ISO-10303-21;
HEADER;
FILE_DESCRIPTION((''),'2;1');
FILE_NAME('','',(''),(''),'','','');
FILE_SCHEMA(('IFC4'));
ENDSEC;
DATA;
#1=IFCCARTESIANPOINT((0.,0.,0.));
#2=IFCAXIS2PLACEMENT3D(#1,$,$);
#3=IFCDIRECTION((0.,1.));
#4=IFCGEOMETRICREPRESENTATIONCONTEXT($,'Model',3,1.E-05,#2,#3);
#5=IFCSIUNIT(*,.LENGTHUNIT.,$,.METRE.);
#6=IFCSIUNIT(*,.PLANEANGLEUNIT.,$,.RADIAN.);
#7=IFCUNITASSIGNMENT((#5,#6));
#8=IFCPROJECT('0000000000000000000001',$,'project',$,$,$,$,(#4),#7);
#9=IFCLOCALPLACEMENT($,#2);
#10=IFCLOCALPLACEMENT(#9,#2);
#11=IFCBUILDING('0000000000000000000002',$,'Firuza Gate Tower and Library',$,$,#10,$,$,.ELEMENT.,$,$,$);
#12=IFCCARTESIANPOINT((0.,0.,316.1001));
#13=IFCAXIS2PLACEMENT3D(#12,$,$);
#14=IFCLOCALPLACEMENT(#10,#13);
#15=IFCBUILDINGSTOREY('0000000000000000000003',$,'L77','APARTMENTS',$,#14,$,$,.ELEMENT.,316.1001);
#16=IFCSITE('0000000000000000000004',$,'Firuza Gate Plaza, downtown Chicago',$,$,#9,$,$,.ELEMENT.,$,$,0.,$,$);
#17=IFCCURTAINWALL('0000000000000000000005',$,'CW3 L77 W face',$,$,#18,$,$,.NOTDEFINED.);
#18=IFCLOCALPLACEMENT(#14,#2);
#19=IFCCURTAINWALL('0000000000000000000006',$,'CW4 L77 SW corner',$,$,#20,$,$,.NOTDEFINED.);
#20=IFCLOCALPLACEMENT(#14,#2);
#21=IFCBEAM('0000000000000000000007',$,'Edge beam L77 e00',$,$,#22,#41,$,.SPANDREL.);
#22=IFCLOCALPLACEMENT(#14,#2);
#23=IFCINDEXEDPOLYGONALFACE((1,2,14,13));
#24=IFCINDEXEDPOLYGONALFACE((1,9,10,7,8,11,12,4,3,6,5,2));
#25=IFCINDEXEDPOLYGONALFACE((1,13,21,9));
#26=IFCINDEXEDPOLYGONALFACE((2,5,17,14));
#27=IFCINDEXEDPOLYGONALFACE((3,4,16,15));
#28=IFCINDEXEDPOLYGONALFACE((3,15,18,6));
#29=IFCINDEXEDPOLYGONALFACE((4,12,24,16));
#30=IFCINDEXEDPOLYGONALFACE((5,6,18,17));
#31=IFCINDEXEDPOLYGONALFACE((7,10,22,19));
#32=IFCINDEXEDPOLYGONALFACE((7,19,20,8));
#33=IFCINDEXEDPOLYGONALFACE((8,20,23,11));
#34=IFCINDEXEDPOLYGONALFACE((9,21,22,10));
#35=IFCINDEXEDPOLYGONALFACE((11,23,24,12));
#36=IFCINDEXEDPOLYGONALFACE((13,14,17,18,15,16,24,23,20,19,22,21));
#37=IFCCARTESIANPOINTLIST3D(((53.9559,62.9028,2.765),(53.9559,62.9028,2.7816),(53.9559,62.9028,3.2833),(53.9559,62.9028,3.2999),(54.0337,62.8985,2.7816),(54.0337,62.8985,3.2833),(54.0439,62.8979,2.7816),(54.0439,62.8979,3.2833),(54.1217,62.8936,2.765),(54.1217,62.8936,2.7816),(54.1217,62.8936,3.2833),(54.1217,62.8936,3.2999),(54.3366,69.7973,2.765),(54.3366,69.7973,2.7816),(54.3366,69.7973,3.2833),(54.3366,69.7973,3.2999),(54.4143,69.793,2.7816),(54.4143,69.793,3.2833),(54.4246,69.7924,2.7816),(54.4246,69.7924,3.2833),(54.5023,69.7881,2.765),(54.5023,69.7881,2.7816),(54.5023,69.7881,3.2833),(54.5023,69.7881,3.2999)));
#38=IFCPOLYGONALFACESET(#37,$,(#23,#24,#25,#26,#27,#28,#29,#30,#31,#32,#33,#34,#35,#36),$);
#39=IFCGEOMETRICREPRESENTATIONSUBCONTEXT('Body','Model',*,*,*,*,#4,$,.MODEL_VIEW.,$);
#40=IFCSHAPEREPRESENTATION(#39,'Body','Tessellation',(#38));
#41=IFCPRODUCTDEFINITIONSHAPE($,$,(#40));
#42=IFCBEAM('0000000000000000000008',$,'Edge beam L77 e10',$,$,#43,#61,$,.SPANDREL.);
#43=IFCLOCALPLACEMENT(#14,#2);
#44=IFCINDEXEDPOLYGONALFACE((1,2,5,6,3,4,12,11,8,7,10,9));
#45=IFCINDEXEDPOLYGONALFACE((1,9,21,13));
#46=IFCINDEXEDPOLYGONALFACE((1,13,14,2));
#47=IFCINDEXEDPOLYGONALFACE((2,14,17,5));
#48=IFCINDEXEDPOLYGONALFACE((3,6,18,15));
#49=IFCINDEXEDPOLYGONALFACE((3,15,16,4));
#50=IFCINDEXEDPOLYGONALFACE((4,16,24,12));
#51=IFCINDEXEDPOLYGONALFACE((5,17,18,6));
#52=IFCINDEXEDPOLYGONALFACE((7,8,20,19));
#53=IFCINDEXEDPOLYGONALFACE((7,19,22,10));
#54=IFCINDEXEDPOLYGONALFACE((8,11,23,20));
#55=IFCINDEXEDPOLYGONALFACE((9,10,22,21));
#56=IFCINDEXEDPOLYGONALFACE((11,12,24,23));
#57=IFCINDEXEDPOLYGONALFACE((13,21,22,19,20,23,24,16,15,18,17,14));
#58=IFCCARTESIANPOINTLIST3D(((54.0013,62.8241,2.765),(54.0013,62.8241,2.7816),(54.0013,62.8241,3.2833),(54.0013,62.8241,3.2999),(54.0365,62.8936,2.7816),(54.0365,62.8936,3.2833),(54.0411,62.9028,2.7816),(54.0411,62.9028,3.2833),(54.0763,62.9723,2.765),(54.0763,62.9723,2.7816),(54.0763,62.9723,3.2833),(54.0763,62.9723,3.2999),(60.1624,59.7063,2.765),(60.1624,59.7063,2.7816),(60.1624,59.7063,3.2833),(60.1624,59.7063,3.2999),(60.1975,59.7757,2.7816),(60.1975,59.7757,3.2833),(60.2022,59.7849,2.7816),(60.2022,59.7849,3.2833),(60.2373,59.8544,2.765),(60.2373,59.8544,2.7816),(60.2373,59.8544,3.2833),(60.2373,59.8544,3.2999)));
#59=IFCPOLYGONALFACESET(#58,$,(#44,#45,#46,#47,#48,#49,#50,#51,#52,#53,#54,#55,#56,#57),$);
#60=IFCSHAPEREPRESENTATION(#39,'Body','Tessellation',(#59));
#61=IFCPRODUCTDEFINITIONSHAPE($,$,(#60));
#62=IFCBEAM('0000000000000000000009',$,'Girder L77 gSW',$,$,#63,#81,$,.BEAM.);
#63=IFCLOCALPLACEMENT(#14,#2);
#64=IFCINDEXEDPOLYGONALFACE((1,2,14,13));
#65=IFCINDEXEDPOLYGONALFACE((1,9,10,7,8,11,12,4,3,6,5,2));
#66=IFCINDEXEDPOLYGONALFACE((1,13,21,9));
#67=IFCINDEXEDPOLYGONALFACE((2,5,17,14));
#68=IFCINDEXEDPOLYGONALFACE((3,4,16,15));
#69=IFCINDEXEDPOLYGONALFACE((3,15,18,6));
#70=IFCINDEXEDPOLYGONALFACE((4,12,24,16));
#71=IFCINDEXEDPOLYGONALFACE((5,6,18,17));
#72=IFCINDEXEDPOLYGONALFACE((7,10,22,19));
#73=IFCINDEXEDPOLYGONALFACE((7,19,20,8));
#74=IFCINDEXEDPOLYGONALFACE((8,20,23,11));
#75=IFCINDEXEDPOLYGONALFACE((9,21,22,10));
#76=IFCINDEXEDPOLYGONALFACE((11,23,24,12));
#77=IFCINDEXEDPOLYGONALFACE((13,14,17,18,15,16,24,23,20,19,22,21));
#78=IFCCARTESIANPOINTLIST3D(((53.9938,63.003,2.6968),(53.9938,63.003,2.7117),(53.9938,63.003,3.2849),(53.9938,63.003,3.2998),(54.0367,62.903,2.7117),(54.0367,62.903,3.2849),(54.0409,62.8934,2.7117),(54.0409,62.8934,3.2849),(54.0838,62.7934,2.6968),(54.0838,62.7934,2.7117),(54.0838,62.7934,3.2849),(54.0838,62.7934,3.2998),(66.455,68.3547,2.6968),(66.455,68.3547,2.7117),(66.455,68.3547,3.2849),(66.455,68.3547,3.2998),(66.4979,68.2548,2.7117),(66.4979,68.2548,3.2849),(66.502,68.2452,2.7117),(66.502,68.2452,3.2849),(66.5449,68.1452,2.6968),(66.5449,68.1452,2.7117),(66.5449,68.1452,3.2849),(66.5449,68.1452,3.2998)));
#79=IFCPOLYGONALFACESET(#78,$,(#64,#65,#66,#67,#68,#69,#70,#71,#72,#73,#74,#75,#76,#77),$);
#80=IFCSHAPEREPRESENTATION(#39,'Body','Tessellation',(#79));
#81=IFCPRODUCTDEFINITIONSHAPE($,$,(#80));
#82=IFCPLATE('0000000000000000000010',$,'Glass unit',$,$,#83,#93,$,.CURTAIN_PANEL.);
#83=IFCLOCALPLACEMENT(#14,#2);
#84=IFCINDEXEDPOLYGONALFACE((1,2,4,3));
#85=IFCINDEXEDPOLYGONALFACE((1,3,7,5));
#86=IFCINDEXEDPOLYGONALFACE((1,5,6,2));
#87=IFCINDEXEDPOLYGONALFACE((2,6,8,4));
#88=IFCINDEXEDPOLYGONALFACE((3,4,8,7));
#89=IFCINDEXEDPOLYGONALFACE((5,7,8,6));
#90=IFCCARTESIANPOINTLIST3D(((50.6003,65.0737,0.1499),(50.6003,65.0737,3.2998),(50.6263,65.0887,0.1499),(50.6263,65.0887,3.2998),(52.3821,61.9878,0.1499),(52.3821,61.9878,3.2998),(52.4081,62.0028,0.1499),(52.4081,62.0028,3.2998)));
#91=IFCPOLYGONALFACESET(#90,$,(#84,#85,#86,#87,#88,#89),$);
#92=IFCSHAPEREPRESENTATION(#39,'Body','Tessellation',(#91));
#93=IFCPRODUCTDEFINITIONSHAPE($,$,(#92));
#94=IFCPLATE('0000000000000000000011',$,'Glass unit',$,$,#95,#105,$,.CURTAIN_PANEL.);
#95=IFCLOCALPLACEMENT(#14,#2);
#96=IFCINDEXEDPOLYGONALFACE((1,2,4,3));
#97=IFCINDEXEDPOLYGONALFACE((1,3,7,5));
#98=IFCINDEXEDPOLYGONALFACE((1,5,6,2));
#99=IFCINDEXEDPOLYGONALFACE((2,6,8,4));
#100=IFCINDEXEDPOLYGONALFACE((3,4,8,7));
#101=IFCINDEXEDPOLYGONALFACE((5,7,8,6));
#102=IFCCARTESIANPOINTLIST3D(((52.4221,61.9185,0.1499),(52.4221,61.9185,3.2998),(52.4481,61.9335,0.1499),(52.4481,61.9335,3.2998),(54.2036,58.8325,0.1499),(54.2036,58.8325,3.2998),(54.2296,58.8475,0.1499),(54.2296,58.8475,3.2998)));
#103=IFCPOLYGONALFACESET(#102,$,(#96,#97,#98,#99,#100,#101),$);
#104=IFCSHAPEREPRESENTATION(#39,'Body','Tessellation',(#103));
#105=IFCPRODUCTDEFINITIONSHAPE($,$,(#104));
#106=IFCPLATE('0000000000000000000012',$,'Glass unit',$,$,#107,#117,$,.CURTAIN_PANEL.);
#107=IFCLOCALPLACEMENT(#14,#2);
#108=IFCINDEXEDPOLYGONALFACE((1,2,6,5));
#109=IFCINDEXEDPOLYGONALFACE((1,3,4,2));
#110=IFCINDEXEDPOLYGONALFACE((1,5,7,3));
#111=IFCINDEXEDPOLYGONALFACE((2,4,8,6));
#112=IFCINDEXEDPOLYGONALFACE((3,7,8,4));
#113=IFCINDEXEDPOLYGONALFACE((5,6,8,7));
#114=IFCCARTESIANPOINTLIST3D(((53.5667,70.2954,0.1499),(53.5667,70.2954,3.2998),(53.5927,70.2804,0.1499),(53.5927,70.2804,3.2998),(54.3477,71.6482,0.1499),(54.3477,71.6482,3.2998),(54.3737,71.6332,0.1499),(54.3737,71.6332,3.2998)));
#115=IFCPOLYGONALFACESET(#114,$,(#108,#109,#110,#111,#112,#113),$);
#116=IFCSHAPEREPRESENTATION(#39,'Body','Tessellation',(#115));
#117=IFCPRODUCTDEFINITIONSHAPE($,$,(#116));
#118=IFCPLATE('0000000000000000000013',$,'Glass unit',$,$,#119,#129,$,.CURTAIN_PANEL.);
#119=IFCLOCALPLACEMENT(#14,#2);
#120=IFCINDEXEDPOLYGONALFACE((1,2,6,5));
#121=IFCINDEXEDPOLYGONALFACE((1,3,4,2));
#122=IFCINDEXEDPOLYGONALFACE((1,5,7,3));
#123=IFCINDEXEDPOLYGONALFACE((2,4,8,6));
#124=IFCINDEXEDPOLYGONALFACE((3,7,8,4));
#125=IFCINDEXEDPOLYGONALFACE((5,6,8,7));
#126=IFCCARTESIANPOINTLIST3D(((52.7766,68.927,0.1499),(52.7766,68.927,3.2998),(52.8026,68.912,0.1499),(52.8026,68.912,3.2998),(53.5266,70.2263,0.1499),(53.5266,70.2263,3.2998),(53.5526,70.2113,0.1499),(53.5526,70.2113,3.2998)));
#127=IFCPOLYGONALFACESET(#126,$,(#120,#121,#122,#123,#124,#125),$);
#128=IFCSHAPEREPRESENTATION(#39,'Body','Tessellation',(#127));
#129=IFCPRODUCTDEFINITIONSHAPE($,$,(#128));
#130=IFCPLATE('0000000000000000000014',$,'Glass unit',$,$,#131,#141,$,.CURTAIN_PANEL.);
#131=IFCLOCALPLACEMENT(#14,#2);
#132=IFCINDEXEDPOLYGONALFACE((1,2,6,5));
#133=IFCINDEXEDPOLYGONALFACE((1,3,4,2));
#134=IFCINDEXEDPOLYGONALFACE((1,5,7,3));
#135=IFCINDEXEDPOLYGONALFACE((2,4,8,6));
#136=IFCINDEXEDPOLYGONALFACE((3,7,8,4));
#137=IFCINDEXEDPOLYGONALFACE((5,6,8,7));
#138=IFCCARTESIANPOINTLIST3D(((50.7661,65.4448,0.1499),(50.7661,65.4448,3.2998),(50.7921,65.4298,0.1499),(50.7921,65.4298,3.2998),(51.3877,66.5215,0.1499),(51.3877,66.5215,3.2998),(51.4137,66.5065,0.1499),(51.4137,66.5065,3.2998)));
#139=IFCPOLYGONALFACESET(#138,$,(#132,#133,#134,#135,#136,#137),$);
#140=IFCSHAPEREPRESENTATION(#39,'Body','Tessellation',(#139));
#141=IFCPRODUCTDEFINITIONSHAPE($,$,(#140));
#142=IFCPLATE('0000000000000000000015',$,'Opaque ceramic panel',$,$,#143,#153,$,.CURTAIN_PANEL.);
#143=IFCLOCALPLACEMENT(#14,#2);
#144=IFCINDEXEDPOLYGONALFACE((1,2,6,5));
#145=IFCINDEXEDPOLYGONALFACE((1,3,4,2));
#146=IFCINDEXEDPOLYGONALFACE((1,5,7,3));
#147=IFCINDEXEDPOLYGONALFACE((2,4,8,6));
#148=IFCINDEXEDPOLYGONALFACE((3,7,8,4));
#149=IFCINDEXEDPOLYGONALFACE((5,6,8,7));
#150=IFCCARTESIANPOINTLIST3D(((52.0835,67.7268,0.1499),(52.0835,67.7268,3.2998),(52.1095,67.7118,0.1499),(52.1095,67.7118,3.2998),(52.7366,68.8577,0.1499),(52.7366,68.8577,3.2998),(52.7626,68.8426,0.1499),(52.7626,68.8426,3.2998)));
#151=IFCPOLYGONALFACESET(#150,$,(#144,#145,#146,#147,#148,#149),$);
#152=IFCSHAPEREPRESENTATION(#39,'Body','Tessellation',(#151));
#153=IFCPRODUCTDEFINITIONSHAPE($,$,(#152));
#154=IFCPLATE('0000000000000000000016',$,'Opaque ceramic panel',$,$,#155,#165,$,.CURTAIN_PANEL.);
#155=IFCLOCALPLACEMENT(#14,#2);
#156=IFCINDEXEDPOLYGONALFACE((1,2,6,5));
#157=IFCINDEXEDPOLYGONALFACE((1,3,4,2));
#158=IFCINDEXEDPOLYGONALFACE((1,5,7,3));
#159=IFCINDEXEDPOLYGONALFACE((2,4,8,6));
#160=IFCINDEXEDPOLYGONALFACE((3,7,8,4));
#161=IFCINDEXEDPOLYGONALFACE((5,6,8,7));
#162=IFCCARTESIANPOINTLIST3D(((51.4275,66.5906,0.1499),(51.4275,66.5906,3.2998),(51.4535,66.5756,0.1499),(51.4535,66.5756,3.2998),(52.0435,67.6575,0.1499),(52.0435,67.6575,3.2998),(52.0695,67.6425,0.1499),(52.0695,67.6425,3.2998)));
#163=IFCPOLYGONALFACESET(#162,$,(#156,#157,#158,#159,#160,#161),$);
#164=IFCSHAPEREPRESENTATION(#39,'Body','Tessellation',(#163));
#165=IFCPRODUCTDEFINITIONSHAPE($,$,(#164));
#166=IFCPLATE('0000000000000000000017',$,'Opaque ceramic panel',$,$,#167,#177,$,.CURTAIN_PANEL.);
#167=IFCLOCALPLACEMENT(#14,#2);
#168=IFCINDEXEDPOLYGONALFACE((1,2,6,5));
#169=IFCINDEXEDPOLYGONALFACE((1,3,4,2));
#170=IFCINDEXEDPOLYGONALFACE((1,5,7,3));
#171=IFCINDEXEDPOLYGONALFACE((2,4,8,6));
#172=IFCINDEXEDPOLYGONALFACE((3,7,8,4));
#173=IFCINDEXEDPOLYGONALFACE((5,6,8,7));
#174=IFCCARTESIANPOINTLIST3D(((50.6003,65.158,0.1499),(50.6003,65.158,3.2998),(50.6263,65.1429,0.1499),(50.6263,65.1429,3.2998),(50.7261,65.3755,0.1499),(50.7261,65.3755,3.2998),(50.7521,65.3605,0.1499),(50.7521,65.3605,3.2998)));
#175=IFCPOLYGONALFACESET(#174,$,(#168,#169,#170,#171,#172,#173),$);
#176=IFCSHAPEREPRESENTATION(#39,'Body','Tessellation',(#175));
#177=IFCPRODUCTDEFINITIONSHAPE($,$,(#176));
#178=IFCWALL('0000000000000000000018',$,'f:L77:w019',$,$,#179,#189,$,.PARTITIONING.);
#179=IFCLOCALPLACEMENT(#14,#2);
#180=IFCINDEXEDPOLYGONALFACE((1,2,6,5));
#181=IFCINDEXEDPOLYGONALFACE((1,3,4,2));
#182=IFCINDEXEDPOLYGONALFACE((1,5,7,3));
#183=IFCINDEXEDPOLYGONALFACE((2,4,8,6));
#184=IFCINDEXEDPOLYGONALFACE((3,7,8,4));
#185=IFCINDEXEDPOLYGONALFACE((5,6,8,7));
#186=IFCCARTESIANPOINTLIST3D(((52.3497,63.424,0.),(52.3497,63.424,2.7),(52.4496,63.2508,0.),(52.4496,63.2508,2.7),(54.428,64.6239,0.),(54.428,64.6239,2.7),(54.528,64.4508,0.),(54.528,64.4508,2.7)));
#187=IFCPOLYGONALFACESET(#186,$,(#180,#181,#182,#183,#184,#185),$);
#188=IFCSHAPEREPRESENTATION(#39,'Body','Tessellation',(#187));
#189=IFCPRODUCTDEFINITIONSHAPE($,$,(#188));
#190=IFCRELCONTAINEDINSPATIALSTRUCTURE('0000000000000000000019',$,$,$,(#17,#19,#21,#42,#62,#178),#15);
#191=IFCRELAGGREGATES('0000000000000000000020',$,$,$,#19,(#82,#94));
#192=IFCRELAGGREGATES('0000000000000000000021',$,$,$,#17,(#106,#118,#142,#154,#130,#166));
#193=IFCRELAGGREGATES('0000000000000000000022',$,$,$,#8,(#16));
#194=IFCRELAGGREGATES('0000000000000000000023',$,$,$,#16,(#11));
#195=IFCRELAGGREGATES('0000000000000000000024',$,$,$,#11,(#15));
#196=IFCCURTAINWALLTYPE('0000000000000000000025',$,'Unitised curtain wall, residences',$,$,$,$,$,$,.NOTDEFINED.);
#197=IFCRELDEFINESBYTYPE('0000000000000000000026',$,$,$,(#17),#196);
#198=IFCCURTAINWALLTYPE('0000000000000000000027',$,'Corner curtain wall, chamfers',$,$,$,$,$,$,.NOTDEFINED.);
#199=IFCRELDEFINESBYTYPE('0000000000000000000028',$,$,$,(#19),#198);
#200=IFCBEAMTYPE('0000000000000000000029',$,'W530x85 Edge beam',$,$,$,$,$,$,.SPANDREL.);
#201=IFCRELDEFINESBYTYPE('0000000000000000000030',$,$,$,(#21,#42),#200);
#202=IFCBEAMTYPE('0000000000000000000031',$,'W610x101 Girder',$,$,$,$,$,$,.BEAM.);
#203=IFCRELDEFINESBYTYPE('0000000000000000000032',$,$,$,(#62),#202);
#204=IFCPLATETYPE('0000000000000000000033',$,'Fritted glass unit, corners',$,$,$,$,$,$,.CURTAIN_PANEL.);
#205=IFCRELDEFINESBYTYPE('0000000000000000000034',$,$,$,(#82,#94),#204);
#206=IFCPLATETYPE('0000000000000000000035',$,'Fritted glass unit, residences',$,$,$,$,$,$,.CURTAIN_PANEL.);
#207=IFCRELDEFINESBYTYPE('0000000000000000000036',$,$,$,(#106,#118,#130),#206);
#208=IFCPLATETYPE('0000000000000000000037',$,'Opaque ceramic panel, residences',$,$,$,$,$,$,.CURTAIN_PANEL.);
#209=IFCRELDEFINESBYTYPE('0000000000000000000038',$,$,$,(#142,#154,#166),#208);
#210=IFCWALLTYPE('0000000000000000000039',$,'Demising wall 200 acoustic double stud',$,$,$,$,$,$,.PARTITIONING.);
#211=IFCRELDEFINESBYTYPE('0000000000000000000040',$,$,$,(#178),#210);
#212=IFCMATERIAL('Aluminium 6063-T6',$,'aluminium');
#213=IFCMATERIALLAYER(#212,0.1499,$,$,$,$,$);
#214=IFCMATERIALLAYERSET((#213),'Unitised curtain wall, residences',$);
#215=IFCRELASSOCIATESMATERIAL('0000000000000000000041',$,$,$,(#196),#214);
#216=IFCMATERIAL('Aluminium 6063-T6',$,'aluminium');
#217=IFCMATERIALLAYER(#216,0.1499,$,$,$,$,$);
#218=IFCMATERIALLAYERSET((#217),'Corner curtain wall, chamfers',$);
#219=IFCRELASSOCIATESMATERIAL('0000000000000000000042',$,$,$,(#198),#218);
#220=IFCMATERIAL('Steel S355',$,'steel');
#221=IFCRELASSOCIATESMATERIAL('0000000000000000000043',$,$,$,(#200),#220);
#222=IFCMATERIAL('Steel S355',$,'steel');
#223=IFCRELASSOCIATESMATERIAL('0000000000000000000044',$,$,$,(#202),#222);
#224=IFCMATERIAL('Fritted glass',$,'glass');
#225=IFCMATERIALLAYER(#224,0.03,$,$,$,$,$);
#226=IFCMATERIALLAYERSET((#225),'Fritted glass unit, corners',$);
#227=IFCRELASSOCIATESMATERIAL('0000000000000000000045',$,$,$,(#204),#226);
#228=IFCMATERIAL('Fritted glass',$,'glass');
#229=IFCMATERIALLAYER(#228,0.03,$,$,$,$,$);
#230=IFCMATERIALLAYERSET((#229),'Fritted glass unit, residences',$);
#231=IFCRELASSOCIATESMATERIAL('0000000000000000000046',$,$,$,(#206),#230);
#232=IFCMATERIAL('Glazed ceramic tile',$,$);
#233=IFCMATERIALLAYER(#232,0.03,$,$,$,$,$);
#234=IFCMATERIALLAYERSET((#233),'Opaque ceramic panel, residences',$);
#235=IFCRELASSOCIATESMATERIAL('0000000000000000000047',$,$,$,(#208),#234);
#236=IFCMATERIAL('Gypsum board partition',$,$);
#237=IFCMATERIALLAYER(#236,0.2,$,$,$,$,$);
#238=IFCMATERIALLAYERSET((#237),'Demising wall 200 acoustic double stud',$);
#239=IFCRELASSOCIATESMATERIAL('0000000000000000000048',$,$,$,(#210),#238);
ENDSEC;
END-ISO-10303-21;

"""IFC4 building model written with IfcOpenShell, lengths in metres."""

from ifc_helpers import new_model, si_unit, direction, frame, frame_2d, origin, origin_2d, place, context, subcontext, project, spatial, polyline, rectangle, i_section, outline, extrude, material, layer, layer_set, material_profile, profile_set, type_object, element, aggregate, save


model = new_model("IFC4")

# Units and contexts
model_context = context("Model", 3, precision=1e-05, world=origin(), true_north=direction((0.0, 1.0)))
body_context = subcontext(model_context, "Body", "Model", "MODEL_VIEW")
ifc_project = project(units=[si_unit("LENGTHUNIT", "METRE"), si_unit("PLANEANGLEUNIT", "RADIAN")], contexts=[model_context])

# Site, building, storey
site_placement = place(None, origin())
site = spatial("IfcSite", under=ifc_project, at=site_placement, Name="Firuza Gate Plaza, downtown Chicago", CompositionType="ELEMENT", RefElevation=0.0)
building_placement = place(site_placement, origin())
building = spatial("IfcBuilding", under=site, at=building_placement, Name="Firuza Gate Tower and Library", CompositionType="ELEMENT")
storey_placement = place(building_placement, frame((0.0, 0.0, 316.1001)))
storey = spatial("IfcBuildingStorey", under=building, at=storey_placement, Name="L77", Description="APARTMENTS", CompositionType="ELEMENT", Elevation=316.1001)

# Curtain walls
ifc_material_1 = material(Name="Aluminium 6063-T6", Category="aluminium")
ifc_layer_1 = layer(ifc_material_1, 0.1499)
ifc_layer_set_1 = layer_set([ifc_layer_1], Name="Unitised curtain wall, residences")
curtain_wall_type_1 = type_object("IfcCurtainWallType", Name="Unitised curtain wall, residences", PredefinedType="NOTDEFINED", material=ifc_layer_set_1)
placement = place(storey_placement, origin())
curtain_wall_1 = element("IfcCurtainWall", 1, at=placement, inside=storey, type_object=curtain_wall_type_1, Name="CW3 L77 W face", PredefinedType="NOTDEFINED")
ifc_material_2 = material(Name="Aluminium 6063-T6", Category="aluminium")
ifc_layer_2 = layer(ifc_material_2, 0.1499)
ifc_layer_set_2 = layer_set([ifc_layer_2], Name="Corner curtain wall, chamfers")
curtain_wall_type_2 = type_object("IfcCurtainWallType", Name="Corner curtain wall, chamfers", PredefinedType="NOTDEFINED", material=ifc_layer_set_2)
curtain_wall_2 = element("IfcCurtainWall", 2, at=placement, inside=storey, type_object=curtain_wall_type_2, Name="CW4 L77 SW corner", PredefinedType="NOTDEFINED")

# Beams
ifc_material_3 = material(Name="Steel S355", Category="steel")
ifc_material_profile_1 = material_profile(ifc_material_3, i_section(OverallWidth=0.166, OverallDepth=0.5349, WebThickness=0.0103, FlangeThickness=0.0166, at=origin_2d()))
ifc_profile_set_1 = profile_set([ifc_material_profile_1], Name="Steel S355")
beam_type_1 = type_object("IfcBeamType", Name="W530x85 Edge beam", PredefinedType="SPANDREL", material=ifc_profile_set_1)
for number, where, z_axis, x_axis, name in (
    (3, (54.4194, 69.7927, 3.0325), (-0.055121, -0.99848, 0.0), (0.99848, -0.055121, 0.0), "Edge beam L77 e00"),
    (4, (54.0388, 62.8982, 3.0325), (0.892253, -0.451536, 0.0), (0.451536, 0.892253, 0.0), "Edge beam L77 e10"),
):
    element("IfcBeam", number, at=place(storey_placement, frame(where, z_axis=z_axis, x_axis=x_axis)), inside=storey, type_object=beam_type_1, Name=name, PredefinedType="SPANDREL", context=body_context, shape_type="SweptSolid", body=[
        extrude(i_section(OverallWidth=0.166, OverallDepth=0.5349, WebThickness=0.0103, FlangeThickness=0.0166, at=origin_2d()), origin(), (0.0, 0.0, 1.0), 6.905),
    ])
ifc_material_4 = material(Name="Steel S355", Category="steel")
ifc_material_profile_2 = material_profile(ifc_material_4, i_section(OverallWidth=0.228, OverallDepth=0.603, WebThickness=0.0105, FlangeThickness=0.0149, at=origin_2d()))
ifc_profile_set_2 = profile_set([ifc_material_profile_2], Name="Steel S355")
beam_type_2 = type_object("IfcBeamType", Name="W610x101 Girder", PredefinedType="BEAM", material=ifc_profile_set_2)
beam_1_placement = place(storey_placement, frame((54.0388, 62.8982, 2.9983), z_axis=(0.918843, 0.394623, 0.0), x_axis=(-0.394623, 0.918843, 0.0)))
element("IfcBeam", 5, at=beam_1_placement, inside=storey, type_object=beam_type_2, Name="Girder L77 gSW", PredefinedType="BEAM", context=body_context, shape_type="SweptSolid", body=[
    extrude(i_section(OverallWidth=0.228, OverallDepth=0.603, WebThickness=0.0105, FlangeThickness=0.0149, at=origin_2d()), origin(), (0.0, 0.0, 1.0), 13.5618),
])

# Plates
ifc_material_5 = material(Name="Fritted glass", Category="glass")
ifc_layer_3 = layer(ifc_material_5, 0.03)
ifc_layer_set_3 = layer_set([ifc_layer_3], Name="Fritted glass unit, corners")
plate_type_1 = type_object("IfcPlateType", Name="Fritted glass unit, corners", PredefinedType="CURTAIN_PANEL", material=ifc_layer_set_3)
plate_1_placement = place(storey_placement, frame((50.6003, 65.0737, 0.1499), z_axis=(-0.866017, -0.500015, 0.0), x_axis=(0.500015, -0.866017, 0.0)))
plate_1 = element("IfcPlate", 6, at=plate_1_placement, type_object=plate_type_1, Name="Glass unit", PredefinedType="CURTAIN_PANEL", context=body_context, shape_type="SweptSolid", body=[
    extrude(outline(polyline([(0.0, 0.0), (3.5634, 0.0), (3.5634, 3.1499), (0.0, 3.1499), (0.0, 0.0)])), origin(), (0.0, 0.0, -1.0), 0.03),
])
plate_2_placement = place(storey_placement, frame((52.4221, 61.9185, 0.1499), z_axis=(-0.866046, -0.499964, 0.0), x_axis=(0.499964, -0.866046, 0.0)))
plate_2 = element("IfcPlate", 7, at=plate_2_placement, type_object=plate_type_1, Name="Glass unit", PredefinedType="CURTAIN_PANEL", context=body_context, shape_type="SweptSolid", body=[
    extrude(outline(polyline([(0.0, 0.0), (3.5632, 0.0), (3.5632, 3.1499), (0.0, 3.1499), (0.0, 0.0)])), origin(), (0.0, 0.0, -1.0), 0.03),
])
aggregate(curtain_wall_2, [plate_1, plate_2])
ifc_material_6 = material(Name="Fritted glass", Category="glass")
ifc_layer_4 = layer(ifc_material_6, 0.03)
ifc_layer_set_4 = layer_set([ifc_layer_4], Name="Fritted glass unit, residences")
plate_type_2 = type_object("IfcPlateType", Name="Fritted glass unit, residences", PredefinedType="CURTAIN_PANEL", material=ifc_layer_set_4)
plate_3_placement = place(storey_placement, frame((54.3477, 71.6482, 0.1499), z_axis=(-0.866032, 0.499989, 0.0), x_axis=(-0.499989, -0.866032, 0.0)))
plate_3 = element("IfcPlate", 8, at=plate_3_placement, type_object=plate_type_2, Name="Glass unit", PredefinedType="CURTAIN_PANEL", context=body_context, shape_type="SweptSolid", body=[
    extrude(outline(polyline([(0.0, 0.0), (1.562, 0.0), (1.562, 3.1499), (0.0, 3.1499), (0.0, 0.0)])), origin(), (0.0, 0.0, -1.0), 0.03),
])
plate_4_placement = place(storey_placement, frame((53.5266, 70.2263, 0.1499), z_axis=(-0.866072, 0.49992, 0.0), x_axis=(-0.49992, -0.866072, 0.0)))
plate_4 = element("IfcPlate", 9, at=plate_4_placement, type_object=plate_type_2, Name="Glass unit", PredefinedType="CURTAIN_PANEL", context=body_context, shape_type="SweptSolid", body=[
    extrude(outline(polyline([(0.0, 0.0), (1.5002, 0.0), (1.5002, 3.1499), (0.0, 3.1499), (0.0, 0.0)])), origin(), (0.0, 0.0, -1.0), 0.03),
])
plate_5_placement = place(storey_placement, frame((51.3877, 66.5215, 0.1499), z_axis=(-0.866035, 0.499983, 0.0), x_axis=(-0.499983, -0.866035, 0.0)))
plate_5 = element("IfcPlate", 10, at=plate_5_placement, type_object=plate_type_2, Name="Glass unit", PredefinedType="CURTAIN_PANEL", context=body_context, shape_type="SweptSolid", body=[
    extrude(outline(polyline([(0.0, 0.0), (1.2432, 0.0), (1.2432, 3.1499), (0.0, 3.1499), (0.0, 0.0)])), origin(), (0.0, 0.0, -1.0), 0.03),
])
ifc_material_7 = material(Name="Glazed ceramic tile")
ifc_layer_5 = layer(ifc_material_7, 0.03)
ifc_layer_set_5 = layer_set([ifc_layer_5], Name="Opaque ceramic panel, residences")
plate_type_3 = type_object("IfcPlateType", Name="Opaque ceramic panel, residences", PredefinedType="CURTAIN_PANEL", material=ifc_layer_set_5)
plate_6_placement = place(storey_placement, frame((52.7366, 68.8577, 0.1499), z_axis=(-0.865968, 0.5001, 0.0), x_axis=(-0.5001, -0.865968, 0.0)))
plate_6 = element("IfcPlate", 11, at=plate_6_placement, type_object=plate_type_3, Name="Opaque ceramic panel", PredefinedType="CURTAIN_PANEL", context=body_context, shape_type="SweptSolid", body=[
    extrude(outline(polyline([(0.0, 0.0), (1.3059, 0.0), (1.3059, 3.1499), (0.0, 3.1499), (0.0, 0.0)])), origin(), (0.0, 0.0, -1.0), 0.03),
])
plate_7_placement = place(storey_placement, frame((52.0435, 67.6575, 0.1499), z_axis=(-0.866027, 0.499997, 0.0), x_axis=(-0.499997, -0.866027, 0.0)))
plate_7 = element("IfcPlate", 12, at=plate_7_placement, type_object=plate_type_3, Name="Opaque ceramic panel", PredefinedType="CURTAIN_PANEL", context=body_context, shape_type="SweptSolid", body=[
    extrude(outline(polyline([(0.0, 0.0), (1.2319, 0.0), (1.2319, 3.1499), (0.0, 3.1499), (0.0, 0.0)])), origin(), (0.0, 0.0, -1.0), 0.03),
])
plate_8_placement = place(storey_placement, frame((50.7261, 65.3755, 0.1499), z_axis=(-0.865781, 0.500423, 0.0), x_axis=(-0.500423, -0.865781, 0.0)))
plate_8 = element("IfcPlate", 13, at=plate_8_placement, type_object=plate_type_3, Name="Opaque ceramic panel", PredefinedType="CURTAIN_PANEL", context=body_context, shape_type="SweptSolid", body=[
    extrude(outline(polyline([(0.0, 0.0), (0.2513, 0.0), (0.2513, 3.1499), (0.0, 3.1499), (0.0, 0.0)])), origin(), (0.0, 0.0, -1.0), 0.03),
])
aggregate(curtain_wall_1, [plate_3, plate_4, plate_6, plate_7, plate_5, plate_8])

# Wall
ifc_material_8 = material(Name="Gypsum board partition")
ifc_layer_6 = layer(ifc_material_8, 0.2)
ifc_layer_set_6 = layer_set([ifc_layer_6], Name="Demising wall 200 acoustic double stud")
wall_type = type_object("IfcWallType", Name="Demising wall 200 acoustic double stud", PredefinedType="PARTITIONING", material=ifc_layer_set_6)
wall_1_placement = place(storey_placement, frame((52.3997, 63.3374, 0.0), z_axis=(0.0, 0.0, 1.0), x_axis=(0.866025, 0.500001, 0.0)))
element("IfcWall", 14, at=wall_1_placement, inside=storey, type_object=wall_type, Name="f:L77:w019", PredefinedType="PARTITIONING", context=body_context, shape_type="SweptSolid", body=[
    extrude(rectangle(XDim=2.3999, YDim=0.2, at=frame_2d((1.2, 0.0))), origin(), (0.0, 0.0, 1.0), 2.7),
])

save(model, "model.ifc")
